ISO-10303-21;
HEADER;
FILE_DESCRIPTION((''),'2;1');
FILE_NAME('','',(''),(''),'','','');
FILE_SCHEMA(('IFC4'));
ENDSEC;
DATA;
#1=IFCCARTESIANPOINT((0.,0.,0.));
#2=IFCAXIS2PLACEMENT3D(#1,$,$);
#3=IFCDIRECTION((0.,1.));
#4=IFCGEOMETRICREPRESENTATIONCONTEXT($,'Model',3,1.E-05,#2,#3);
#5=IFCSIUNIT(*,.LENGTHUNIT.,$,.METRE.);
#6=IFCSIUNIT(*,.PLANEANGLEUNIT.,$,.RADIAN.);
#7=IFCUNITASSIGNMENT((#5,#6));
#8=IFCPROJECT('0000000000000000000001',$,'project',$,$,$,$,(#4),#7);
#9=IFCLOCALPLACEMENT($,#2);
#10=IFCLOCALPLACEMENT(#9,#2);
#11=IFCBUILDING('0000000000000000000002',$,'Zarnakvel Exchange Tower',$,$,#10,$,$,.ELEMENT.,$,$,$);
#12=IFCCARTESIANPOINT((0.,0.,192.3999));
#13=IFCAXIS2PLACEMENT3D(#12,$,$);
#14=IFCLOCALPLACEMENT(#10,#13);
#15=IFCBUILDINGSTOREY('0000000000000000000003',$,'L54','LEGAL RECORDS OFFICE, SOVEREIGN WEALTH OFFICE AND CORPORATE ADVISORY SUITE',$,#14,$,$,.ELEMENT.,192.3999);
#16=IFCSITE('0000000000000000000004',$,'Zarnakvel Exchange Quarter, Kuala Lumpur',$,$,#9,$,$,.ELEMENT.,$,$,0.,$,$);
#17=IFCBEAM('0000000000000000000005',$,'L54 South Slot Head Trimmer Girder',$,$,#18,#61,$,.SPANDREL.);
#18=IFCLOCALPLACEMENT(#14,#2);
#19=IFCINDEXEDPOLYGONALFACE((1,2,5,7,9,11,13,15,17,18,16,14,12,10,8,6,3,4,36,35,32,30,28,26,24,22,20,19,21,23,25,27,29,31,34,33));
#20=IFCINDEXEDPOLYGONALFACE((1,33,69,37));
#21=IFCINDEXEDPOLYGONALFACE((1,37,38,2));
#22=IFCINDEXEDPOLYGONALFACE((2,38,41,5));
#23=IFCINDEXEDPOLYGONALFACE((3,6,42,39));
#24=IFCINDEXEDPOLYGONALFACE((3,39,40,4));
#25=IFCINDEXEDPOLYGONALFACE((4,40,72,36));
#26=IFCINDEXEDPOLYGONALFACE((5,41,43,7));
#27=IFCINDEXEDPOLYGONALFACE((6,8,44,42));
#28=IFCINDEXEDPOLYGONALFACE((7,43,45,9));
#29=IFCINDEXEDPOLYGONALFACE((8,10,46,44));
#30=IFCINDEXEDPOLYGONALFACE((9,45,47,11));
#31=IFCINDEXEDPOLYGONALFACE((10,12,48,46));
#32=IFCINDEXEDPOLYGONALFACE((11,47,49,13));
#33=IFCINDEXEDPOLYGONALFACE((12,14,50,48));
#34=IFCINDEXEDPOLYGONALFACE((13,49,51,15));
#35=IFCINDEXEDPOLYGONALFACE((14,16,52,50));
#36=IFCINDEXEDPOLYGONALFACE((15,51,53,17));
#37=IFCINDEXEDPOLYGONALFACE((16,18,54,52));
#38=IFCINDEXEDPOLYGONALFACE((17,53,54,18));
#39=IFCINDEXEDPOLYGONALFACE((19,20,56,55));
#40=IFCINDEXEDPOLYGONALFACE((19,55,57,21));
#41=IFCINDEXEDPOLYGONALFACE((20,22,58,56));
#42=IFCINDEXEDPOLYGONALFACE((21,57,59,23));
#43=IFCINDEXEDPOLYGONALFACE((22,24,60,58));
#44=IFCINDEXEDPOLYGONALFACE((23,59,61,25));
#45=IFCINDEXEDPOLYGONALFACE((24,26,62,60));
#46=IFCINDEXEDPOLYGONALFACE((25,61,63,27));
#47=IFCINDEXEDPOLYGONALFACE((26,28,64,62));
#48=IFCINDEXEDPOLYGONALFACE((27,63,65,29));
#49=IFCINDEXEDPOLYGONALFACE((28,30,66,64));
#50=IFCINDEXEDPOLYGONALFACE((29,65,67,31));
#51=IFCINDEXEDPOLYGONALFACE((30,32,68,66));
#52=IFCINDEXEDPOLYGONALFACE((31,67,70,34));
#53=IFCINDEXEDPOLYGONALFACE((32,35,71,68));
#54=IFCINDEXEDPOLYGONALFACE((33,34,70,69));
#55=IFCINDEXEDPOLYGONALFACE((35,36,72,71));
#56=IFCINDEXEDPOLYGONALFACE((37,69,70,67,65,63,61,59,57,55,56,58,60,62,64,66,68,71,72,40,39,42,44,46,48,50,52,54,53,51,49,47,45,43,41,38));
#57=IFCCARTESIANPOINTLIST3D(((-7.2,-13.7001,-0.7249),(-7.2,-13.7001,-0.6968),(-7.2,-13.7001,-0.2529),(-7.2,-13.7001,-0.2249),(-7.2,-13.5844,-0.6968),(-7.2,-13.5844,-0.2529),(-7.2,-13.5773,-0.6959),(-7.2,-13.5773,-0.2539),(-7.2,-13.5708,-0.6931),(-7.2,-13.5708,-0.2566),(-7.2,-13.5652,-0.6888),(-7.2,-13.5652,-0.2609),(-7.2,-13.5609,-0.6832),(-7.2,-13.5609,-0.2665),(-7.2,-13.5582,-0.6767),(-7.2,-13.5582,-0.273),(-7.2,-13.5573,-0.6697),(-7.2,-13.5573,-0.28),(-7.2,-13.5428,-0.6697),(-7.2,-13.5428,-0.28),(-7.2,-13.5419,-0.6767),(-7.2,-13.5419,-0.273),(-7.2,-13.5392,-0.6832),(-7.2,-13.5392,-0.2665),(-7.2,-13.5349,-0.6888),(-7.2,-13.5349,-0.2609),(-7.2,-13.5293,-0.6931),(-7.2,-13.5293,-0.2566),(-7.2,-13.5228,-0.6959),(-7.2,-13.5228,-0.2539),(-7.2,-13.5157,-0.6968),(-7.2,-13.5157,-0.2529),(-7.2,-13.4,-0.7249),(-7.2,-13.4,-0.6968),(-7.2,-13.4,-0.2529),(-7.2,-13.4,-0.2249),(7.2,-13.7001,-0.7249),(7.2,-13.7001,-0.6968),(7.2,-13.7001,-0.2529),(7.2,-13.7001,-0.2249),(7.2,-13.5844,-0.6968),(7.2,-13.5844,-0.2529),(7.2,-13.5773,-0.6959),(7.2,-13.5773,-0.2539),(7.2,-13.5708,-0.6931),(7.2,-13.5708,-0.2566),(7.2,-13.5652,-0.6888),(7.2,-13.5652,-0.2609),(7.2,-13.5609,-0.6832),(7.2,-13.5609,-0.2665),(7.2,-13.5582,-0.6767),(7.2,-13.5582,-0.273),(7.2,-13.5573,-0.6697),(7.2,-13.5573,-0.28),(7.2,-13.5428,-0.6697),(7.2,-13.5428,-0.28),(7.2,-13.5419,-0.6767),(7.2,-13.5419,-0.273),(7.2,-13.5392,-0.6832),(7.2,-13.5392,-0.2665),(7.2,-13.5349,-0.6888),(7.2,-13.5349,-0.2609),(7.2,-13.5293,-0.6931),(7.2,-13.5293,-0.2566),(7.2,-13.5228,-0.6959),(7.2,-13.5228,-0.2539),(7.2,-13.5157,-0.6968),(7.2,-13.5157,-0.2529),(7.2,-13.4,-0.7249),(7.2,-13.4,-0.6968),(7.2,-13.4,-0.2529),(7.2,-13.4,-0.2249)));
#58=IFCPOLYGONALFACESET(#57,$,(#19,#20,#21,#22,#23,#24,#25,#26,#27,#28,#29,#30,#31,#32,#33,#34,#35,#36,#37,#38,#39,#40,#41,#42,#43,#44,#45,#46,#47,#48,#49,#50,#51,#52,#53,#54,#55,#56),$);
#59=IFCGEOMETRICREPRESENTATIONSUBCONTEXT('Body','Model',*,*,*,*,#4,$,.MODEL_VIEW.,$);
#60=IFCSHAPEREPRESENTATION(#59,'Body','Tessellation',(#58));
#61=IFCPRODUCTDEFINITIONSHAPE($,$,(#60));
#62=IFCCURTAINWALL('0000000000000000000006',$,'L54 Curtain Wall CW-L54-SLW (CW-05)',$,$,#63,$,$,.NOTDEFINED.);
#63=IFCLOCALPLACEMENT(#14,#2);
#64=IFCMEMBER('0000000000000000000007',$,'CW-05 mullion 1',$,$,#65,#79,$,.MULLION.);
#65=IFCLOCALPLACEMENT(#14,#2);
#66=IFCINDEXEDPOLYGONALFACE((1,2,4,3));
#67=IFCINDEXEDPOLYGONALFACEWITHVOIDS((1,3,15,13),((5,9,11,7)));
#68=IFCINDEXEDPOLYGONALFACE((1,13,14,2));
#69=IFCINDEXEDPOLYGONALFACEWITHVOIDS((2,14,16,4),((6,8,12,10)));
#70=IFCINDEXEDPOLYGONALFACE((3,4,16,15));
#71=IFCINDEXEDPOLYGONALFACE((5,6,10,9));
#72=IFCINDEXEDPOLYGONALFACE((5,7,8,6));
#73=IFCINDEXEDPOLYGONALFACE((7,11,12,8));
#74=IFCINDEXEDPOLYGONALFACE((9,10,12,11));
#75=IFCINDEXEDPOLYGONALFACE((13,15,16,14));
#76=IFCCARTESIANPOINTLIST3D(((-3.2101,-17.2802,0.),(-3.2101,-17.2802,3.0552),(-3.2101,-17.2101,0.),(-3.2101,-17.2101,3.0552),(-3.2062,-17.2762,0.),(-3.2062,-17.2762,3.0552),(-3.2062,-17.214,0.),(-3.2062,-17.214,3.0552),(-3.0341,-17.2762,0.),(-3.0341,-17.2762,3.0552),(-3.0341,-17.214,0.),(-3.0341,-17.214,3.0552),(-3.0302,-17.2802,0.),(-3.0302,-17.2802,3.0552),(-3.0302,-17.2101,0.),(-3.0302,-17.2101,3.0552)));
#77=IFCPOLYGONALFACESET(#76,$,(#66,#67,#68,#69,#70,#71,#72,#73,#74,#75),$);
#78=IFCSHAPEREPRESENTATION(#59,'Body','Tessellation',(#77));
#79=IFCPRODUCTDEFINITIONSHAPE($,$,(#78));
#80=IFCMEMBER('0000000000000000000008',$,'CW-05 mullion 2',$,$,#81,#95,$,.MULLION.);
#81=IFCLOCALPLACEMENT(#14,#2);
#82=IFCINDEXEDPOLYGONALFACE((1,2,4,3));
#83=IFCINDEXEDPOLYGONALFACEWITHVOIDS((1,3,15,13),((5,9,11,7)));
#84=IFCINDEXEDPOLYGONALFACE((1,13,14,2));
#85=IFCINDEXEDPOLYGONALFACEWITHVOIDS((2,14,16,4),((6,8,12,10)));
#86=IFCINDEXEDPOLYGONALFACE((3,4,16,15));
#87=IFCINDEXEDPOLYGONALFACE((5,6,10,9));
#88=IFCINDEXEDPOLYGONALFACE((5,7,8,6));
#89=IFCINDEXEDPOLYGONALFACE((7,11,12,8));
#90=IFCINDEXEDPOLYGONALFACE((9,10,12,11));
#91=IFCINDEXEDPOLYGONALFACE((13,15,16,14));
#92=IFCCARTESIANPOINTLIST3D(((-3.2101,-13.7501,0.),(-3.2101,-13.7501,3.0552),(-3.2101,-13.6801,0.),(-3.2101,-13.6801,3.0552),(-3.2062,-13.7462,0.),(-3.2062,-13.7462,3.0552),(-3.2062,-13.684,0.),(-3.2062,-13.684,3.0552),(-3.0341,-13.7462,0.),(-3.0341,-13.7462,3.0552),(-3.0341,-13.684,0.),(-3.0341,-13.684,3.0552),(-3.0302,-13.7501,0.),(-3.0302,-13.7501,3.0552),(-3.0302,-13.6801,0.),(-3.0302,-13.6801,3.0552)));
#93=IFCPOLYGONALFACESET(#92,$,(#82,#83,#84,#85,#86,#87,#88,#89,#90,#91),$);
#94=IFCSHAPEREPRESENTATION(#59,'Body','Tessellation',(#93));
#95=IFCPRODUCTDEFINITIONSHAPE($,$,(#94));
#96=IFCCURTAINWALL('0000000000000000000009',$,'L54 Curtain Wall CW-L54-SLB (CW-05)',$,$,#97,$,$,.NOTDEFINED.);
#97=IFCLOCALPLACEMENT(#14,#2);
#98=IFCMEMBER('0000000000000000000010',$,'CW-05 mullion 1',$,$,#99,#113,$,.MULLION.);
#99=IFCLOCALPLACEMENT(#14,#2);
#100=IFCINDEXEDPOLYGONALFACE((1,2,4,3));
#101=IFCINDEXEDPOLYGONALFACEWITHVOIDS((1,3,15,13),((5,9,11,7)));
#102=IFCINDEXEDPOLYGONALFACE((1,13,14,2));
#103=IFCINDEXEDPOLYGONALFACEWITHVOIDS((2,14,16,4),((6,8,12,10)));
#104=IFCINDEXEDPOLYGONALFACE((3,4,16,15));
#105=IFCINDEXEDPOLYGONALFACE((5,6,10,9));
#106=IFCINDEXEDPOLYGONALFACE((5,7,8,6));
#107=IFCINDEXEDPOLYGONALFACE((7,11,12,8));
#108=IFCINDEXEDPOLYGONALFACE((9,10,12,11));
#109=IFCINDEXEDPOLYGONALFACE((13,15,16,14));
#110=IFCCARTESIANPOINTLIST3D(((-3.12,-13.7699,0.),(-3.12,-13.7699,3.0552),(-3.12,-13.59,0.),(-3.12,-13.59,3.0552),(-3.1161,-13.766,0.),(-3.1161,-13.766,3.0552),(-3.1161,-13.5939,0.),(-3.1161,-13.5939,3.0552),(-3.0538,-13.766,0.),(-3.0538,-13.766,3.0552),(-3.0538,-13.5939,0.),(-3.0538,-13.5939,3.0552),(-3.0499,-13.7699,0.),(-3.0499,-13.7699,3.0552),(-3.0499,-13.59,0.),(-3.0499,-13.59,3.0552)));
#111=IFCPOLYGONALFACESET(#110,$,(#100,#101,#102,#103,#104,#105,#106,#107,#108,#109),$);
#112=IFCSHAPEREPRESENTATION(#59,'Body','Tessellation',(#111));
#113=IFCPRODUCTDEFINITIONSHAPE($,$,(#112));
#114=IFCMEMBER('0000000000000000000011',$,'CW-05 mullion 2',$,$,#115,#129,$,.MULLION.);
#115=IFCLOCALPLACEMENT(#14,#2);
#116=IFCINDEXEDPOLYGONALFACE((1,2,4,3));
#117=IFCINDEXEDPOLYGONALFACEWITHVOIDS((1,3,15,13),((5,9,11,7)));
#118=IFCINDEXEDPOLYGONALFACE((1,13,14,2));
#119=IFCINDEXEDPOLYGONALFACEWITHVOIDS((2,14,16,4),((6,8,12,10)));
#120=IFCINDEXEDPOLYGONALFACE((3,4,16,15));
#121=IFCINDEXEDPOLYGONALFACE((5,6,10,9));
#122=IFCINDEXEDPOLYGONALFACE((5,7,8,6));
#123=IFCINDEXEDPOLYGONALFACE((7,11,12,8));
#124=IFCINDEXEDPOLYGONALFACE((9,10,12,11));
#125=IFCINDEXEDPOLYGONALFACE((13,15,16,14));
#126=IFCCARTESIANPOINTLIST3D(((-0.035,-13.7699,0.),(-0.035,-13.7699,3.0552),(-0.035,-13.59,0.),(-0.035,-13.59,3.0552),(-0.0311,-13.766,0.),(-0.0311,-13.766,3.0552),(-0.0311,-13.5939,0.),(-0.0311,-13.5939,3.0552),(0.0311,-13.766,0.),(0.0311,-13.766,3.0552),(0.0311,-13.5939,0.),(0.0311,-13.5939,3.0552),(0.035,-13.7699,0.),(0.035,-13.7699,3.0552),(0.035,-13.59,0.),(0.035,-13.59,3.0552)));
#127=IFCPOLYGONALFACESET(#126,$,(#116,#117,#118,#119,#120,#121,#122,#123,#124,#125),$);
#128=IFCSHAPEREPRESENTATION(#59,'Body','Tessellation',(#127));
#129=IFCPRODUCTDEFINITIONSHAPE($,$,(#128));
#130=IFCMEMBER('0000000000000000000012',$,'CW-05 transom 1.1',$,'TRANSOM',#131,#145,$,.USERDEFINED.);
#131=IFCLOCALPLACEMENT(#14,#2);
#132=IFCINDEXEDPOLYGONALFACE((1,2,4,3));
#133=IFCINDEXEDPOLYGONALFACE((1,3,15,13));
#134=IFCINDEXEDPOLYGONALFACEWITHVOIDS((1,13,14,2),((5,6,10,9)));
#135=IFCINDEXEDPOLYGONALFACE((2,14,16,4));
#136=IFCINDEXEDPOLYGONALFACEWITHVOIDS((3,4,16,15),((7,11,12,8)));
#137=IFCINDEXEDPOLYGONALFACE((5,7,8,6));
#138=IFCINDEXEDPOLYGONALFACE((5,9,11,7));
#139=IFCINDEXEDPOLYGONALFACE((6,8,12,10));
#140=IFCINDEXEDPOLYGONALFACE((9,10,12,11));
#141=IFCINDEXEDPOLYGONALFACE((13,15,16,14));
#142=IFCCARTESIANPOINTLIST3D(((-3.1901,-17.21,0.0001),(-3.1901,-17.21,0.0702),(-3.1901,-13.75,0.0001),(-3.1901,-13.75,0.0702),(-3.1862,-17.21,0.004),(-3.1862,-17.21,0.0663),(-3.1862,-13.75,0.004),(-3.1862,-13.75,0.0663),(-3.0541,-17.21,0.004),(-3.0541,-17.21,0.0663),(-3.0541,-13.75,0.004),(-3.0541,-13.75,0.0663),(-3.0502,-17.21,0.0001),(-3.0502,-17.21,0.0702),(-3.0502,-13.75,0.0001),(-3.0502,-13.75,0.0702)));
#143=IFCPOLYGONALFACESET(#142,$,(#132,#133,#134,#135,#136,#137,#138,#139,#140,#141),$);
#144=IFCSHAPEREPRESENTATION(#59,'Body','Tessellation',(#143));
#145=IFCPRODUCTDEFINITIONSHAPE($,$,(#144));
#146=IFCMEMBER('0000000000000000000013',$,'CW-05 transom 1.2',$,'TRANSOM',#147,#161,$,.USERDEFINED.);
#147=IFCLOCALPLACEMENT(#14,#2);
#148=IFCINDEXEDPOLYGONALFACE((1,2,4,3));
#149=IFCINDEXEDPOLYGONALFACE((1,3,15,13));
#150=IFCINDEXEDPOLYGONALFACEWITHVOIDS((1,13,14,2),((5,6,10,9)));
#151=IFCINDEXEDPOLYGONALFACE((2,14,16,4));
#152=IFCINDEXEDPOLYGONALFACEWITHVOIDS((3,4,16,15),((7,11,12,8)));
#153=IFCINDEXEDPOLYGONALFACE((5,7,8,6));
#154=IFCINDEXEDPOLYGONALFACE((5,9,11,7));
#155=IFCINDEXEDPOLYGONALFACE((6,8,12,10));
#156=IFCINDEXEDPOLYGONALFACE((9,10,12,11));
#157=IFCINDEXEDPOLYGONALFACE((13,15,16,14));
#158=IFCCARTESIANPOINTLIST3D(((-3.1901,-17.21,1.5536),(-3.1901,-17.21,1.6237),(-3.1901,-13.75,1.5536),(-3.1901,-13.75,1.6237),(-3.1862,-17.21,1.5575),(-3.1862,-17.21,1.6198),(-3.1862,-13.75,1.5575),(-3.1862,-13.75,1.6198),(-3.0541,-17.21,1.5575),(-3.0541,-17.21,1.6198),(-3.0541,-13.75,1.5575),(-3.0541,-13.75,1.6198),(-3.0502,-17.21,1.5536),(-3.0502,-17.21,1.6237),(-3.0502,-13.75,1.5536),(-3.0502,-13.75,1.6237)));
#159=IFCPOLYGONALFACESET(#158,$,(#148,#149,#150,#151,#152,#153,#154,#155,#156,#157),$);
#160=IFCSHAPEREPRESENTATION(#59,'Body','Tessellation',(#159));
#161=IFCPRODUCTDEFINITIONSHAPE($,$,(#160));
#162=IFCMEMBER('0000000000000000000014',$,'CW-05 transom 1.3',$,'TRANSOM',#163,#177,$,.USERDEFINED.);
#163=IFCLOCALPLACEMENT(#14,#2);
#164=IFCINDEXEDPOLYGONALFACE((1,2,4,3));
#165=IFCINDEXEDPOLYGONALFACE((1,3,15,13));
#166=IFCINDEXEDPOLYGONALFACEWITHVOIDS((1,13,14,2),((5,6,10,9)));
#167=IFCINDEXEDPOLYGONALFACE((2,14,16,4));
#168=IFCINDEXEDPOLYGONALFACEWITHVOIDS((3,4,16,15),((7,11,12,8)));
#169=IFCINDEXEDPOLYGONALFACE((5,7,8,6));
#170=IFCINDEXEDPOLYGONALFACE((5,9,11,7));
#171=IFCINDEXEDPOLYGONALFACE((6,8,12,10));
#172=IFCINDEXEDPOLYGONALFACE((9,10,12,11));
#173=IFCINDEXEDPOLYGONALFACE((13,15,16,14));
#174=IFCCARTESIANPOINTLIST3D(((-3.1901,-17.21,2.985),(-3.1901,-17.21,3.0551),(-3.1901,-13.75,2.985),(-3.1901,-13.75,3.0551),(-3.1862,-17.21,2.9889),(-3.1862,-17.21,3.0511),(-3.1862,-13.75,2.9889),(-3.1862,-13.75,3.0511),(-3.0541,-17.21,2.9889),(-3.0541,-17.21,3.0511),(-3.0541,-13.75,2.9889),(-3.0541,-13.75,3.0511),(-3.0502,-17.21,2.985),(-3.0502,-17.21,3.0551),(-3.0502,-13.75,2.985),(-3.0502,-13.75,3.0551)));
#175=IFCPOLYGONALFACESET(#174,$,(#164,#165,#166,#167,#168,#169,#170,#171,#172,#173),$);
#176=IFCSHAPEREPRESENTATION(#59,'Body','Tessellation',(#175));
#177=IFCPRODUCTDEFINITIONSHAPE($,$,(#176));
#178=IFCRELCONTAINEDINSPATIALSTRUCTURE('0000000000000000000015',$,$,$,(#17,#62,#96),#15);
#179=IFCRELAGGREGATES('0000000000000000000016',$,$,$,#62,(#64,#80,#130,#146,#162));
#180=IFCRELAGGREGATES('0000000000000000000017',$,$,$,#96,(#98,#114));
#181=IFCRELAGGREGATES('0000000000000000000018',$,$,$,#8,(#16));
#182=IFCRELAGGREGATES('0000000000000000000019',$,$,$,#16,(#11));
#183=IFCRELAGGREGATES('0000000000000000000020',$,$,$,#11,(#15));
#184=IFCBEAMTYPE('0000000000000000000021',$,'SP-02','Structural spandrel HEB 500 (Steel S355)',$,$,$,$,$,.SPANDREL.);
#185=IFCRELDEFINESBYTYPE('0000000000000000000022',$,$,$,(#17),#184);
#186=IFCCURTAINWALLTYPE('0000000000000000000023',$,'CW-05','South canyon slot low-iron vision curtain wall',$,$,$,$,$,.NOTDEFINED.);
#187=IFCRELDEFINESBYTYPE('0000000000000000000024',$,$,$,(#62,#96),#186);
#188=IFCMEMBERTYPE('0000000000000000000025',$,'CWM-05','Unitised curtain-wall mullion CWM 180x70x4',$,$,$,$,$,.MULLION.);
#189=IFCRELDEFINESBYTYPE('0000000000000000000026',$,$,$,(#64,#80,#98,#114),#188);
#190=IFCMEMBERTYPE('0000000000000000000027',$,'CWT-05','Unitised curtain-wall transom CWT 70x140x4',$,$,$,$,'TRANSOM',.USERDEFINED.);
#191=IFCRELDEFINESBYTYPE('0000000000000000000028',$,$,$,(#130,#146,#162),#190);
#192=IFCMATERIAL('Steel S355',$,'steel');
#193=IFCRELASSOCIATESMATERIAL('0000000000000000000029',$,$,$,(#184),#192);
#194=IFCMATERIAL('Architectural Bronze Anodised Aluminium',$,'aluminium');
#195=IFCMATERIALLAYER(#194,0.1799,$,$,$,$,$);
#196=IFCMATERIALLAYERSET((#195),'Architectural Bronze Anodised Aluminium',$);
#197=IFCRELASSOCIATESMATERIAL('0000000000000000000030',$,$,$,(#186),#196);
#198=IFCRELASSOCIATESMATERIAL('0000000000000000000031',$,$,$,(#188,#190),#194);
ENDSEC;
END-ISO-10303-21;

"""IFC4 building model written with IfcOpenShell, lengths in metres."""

from ifc_helpers import new_model, si_unit, direction, frame, origin, origin_2d, place, context, subcontext, project, spatial, hollow_rectangle, i_section, extrude, source, transform, mapped, material, layer, layer_set, material_profile, profile_set, type_object, element, aggregate, save


model = new_model("IFC4")

# Units and contexts
model_context = context("Model", 3, precision=1e-05, world=origin(), true_north=direction((0.0, 1.0)))
body_context = subcontext(model_context, "Body", "Model", "MODEL_VIEW")
ifc_project = project(units=[si_unit("LENGTHUNIT", "METRE"), si_unit("PLANEANGLEUNIT", "RADIAN")], contexts=[model_context])

# Site, building, storey
site_placement = place(None, origin())
site = spatial("IfcSite", under=ifc_project, at=site_placement, Name="Zarnakvel Exchange Quarter, Kuala Lumpur", CompositionType="ELEMENT", RefElevation=0.0)
building_placement = place(site_placement, origin())
building = spatial("IfcBuilding", under=site, at=building_placement, Name="Zarnakvel Exchange Tower", CompositionType="ELEMENT")
storey_placement = place(building_placement, frame((0.0, 0.0, 192.3999)))
storey = spatial("IfcBuildingStorey", under=building, at=storey_placement, Name="L54", Description="LEGAL RECORDS OFFICE, SOVEREIGN WEALTH OFFICE AND CORPORATE ADVISORY SUITE", CompositionType="ELEMENT", Elevation=192.3999)

# Beam
ifc_material_1 = material(Name="Steel S355", Category="steel")
ifc_material_profile_1 = material_profile(ifc_material_1, i_section(OverallWidth=0.3, OverallDepth=0.5, WebThickness=0.0144, FlangeThickness=0.0281, FilletRadius=0.0271, at=origin_2d()))
ifc_profile_set_1 = profile_set([ifc_material_profile_1], Name="Steel S355")
beam_type_1 = type_object("IfcBeamType", Name="SP-02", Description="Structural spandrel HEB 500 (Steel S355)", PredefinedType="SPANDREL", material=ifc_profile_set_1)
beam_1_placement = place(storey_placement, frame((-7.2, -13.55, -0.4749), z_axis=(1.0, 0.0, 0.0), x_axis=(0.0, 1.0, 0.0)))
element("IfcBeam", 1, at=beam_1_placement, inside=storey, type_object=beam_type_1, Name="L54 South Slot Head Trimmer Girder", PredefinedType="SPANDREL", context=body_context, shape_type="SweptSolid", body=[
    extrude(i_section(OverallWidth=0.3, OverallDepth=0.5, WebThickness=0.0144, FlangeThickness=0.0281, FilletRadius=0.0271, at=origin_2d()), origin(), (0.0, 0.0, 1.0), 14.3999),
])

# Curtain walls, members
ifc_material_2 = material(Name="Architectural Bronze Anodised Aluminium", Category="aluminium")
ifc_layer_1 = layer(ifc_material_2, 0.1799)
ifc_layer_set_1 = layer_set([ifc_layer_1], Name="Architectural Bronze Anodised Aluminium")
curtain_wall_type = type_object("IfcCurtainWallType", Name="CW-05", Description="South canyon slot low-iron vision curtain wall", PredefinedType="NOTDEFINED", material=ifc_layer_set_1)
curtain_wall_1_placement = place(storey_placement, origin())
curtain_wall_1 = element("IfcCurtainWall", 2, at=curtain_wall_1_placement, inside=storey, type_object=curtain_wall_type, Name="L54 Curtain Wall CW-L54-SLW (CW-05)", PredefinedType="NOTDEFINED")
ifc_material_profile_2 = material_profile(ifc_material_2, hollow_rectangle(XDim=0.1799, YDim=0.0701, WallThickness=0.0039, at=origin_2d()))
ifc_profile_set_2 = profile_set([ifc_material_profile_2], Name="Architectural Bronze Anodised Aluminium")
member_type_1 = type_object("IfcMemberType", Name="CWM-05", Description="Unitised curtain-wall mullion CWM 180x70x4", PredefinedType="MULLION", material=ifc_profile_set_2)
shared_shape_1 = source(origin(), body_context, "Body", "SweptSolid", [
    extrude(hollow_rectangle(XDim=0.1799, YDim=0.0701, WallThickness=0.0039, at=origin_2d()), origin(), (0.0, 0.0, 1.0), 3.0552),
])
member_1_placement = place(storey_placement, frame((-3.1201, -17.2451, 0.0), z_axis=(0.0, 0.0, 1.0), x_axis=(-1.0, 0.0, 0.0)))
member_1 = element("IfcMember", 3, at=member_1_placement, type_object=member_type_1, Name="CW-05 mullion 1", PredefinedType="MULLION", context=body_context, shape_type="MappedRepresentation", body=[
    mapped(shared_shape_1, transform((0.0, 0.0, 0.0), x_axis=(1.0, 0.0, 0.0), y_axis=(0.0, 1.0, 0.0), z_axis=(0.0, 0.0, 1.0), scale=1.0)),
])
member_2_placement = place(storey_placement, frame((-3.1201, -13.7151, 0.0), z_axis=(0.0, 0.0, 1.0), x_axis=(-1.0, 0.0, 0.0)))
member_2 = element("IfcMember", 4, at=member_2_placement, type_object=member_type_1, Name="CW-05 mullion 2", PredefinedType="MULLION", context=body_context, shape_type="MappedRepresentation", body=[
    mapped(shared_shape_1, transform((0.0, 0.0, 0.0), x_axis=(1.0, 0.0, 0.0), y_axis=(0.0, 1.0, 0.0), z_axis=(0.0, 0.0, 1.0), scale=1.0)),
])
curtain_wall_2_placement = place(storey_placement, origin())
curtain_wall_2 = element("IfcCurtainWall", 5, at=curtain_wall_2_placement, inside=storey, type_object=curtain_wall_type, Name="L54 Curtain Wall CW-L54-SLB (CW-05)", PredefinedType="NOTDEFINED")
member_3_placement = place(storey_placement, frame((-3.085, -13.6799, 0.0), z_axis=(0.0, 0.0, 1.0), x_axis=(0.0, 1.0, 0.0)))
member_3 = element("IfcMember", 6, at=member_3_placement, type_object=member_type_1, Name="CW-05 mullion 1", PredefinedType="MULLION", context=body_context, shape_type="MappedRepresentation", body=[
    mapped(shared_shape_1, transform((0.0, 0.0, 0.0), x_axis=(1.0, 0.0, 0.0), y_axis=(0.0, 1.0, 0.0), z_axis=(0.0, 0.0, 1.0), scale=1.0)),
])
member_4_placement = place(storey_placement, frame((0.0, -13.6799, 0.0), z_axis=(0.0, 0.0, 1.0), x_axis=(0.0, 1.0, 0.0)))
member_4 = element("IfcMember", 7, at=member_4_placement, type_object=member_type_1, Name="CW-05 mullion 2", PredefinedType="MULLION", context=body_context, shape_type="MappedRepresentation", body=[
    mapped(shared_shape_1, transform((0.0, 0.0, 0.0), x_axis=(1.0, 0.0, 0.0), y_axis=(0.0, 1.0, 0.0), z_axis=(0.0, 0.0, 1.0), scale=1.0)),
])

# Members
ifc_material_profile_3 = material_profile(ifc_material_2, hollow_rectangle(XDim=0.1399, YDim=0.0701, WallThickness=0.0039, at=origin_2d()))
ifc_profile_set_3 = profile_set([ifc_material_profile_3], Name="Architectural Bronze Anodised Aluminium")
member_type_2 = type_object("IfcMemberType", Name="CWT-05", Description="Unitised curtain-wall transom CWT 70x140x4", ElementType="TRANSOM", PredefinedType="USERDEFINED", material=ifc_profile_set_3)
shared_shape_2 = source(origin(), body_context, "Body", "SweptSolid", [
    extrude(hollow_rectangle(XDim=0.1399, YDim=0.0701, WallThickness=0.0039, at=origin_2d()), origin(), (0.0, 0.0, 1.0), 3.46),
])
member_5_placement = place(storey_placement, frame((-3.1201, -17.21, 0.0352), z_axis=(0.0, 1.0, 0.0), x_axis=(-1.0, 0.0, 0.0)))
member_5 = element("IfcMember", 8, at=member_5_placement, type_object=member_type_2, Name="CW-05 transom 1.1", ObjectType="TRANSOM", PredefinedType="USERDEFINED", context=body_context, shape_type="MappedRepresentation", body=[
    mapped(shared_shape_2, transform((0.0, 0.0, 0.0), x_axis=(1.0, 0.0, 0.0), y_axis=(0.0, 1.0, 0.0), z_axis=(0.0, 0.0, 1.0), scale=1.0)),
])
member_6_placement = place(storey_placement, frame((-3.1201, -17.21, 1.5886), z_axis=(0.0, 1.0, 0.0), x_axis=(-1.0, 0.0, 0.0)))
member_6 = element("IfcMember", 9, at=member_6_placement, type_object=member_type_2, Name="CW-05 transom 1.2", ObjectType="TRANSOM", PredefinedType="USERDEFINED", context=body_context, shape_type="MappedRepresentation", body=[
    mapped(shared_shape_2, transform((0.0, 0.0, 0.0), x_axis=(1.0, 0.0, 0.0), y_axis=(0.0, 1.0, 0.0), z_axis=(0.0, 0.0, 1.0), scale=1.0)),
])
member_7_placement = place(storey_placement, frame((-3.1201, -17.21, 3.02), z_axis=(0.0, 1.0, 0.0), x_axis=(-1.0, 0.0, 0.0)))
member_7 = element("IfcMember", 10, at=member_7_placement, type_object=member_type_2, Name="CW-05 transom 1.3", ObjectType="TRANSOM", PredefinedType="USERDEFINED", context=body_context, shape_type="MappedRepresentation", body=[
    mapped(shared_shape_2, transform((0.0, 0.0, 0.0), x_axis=(1.0, 0.0, 0.0), y_axis=(0.0, 1.0, 0.0), z_axis=(0.0, 0.0, 1.0), scale=1.0)),
])

aggregate(curtain_wall_1, [member_1, member_2, member_5, member_6, member_7])
aggregate(curtain_wall_2, [member_3, member_4])

save(model, "model.ifc")
